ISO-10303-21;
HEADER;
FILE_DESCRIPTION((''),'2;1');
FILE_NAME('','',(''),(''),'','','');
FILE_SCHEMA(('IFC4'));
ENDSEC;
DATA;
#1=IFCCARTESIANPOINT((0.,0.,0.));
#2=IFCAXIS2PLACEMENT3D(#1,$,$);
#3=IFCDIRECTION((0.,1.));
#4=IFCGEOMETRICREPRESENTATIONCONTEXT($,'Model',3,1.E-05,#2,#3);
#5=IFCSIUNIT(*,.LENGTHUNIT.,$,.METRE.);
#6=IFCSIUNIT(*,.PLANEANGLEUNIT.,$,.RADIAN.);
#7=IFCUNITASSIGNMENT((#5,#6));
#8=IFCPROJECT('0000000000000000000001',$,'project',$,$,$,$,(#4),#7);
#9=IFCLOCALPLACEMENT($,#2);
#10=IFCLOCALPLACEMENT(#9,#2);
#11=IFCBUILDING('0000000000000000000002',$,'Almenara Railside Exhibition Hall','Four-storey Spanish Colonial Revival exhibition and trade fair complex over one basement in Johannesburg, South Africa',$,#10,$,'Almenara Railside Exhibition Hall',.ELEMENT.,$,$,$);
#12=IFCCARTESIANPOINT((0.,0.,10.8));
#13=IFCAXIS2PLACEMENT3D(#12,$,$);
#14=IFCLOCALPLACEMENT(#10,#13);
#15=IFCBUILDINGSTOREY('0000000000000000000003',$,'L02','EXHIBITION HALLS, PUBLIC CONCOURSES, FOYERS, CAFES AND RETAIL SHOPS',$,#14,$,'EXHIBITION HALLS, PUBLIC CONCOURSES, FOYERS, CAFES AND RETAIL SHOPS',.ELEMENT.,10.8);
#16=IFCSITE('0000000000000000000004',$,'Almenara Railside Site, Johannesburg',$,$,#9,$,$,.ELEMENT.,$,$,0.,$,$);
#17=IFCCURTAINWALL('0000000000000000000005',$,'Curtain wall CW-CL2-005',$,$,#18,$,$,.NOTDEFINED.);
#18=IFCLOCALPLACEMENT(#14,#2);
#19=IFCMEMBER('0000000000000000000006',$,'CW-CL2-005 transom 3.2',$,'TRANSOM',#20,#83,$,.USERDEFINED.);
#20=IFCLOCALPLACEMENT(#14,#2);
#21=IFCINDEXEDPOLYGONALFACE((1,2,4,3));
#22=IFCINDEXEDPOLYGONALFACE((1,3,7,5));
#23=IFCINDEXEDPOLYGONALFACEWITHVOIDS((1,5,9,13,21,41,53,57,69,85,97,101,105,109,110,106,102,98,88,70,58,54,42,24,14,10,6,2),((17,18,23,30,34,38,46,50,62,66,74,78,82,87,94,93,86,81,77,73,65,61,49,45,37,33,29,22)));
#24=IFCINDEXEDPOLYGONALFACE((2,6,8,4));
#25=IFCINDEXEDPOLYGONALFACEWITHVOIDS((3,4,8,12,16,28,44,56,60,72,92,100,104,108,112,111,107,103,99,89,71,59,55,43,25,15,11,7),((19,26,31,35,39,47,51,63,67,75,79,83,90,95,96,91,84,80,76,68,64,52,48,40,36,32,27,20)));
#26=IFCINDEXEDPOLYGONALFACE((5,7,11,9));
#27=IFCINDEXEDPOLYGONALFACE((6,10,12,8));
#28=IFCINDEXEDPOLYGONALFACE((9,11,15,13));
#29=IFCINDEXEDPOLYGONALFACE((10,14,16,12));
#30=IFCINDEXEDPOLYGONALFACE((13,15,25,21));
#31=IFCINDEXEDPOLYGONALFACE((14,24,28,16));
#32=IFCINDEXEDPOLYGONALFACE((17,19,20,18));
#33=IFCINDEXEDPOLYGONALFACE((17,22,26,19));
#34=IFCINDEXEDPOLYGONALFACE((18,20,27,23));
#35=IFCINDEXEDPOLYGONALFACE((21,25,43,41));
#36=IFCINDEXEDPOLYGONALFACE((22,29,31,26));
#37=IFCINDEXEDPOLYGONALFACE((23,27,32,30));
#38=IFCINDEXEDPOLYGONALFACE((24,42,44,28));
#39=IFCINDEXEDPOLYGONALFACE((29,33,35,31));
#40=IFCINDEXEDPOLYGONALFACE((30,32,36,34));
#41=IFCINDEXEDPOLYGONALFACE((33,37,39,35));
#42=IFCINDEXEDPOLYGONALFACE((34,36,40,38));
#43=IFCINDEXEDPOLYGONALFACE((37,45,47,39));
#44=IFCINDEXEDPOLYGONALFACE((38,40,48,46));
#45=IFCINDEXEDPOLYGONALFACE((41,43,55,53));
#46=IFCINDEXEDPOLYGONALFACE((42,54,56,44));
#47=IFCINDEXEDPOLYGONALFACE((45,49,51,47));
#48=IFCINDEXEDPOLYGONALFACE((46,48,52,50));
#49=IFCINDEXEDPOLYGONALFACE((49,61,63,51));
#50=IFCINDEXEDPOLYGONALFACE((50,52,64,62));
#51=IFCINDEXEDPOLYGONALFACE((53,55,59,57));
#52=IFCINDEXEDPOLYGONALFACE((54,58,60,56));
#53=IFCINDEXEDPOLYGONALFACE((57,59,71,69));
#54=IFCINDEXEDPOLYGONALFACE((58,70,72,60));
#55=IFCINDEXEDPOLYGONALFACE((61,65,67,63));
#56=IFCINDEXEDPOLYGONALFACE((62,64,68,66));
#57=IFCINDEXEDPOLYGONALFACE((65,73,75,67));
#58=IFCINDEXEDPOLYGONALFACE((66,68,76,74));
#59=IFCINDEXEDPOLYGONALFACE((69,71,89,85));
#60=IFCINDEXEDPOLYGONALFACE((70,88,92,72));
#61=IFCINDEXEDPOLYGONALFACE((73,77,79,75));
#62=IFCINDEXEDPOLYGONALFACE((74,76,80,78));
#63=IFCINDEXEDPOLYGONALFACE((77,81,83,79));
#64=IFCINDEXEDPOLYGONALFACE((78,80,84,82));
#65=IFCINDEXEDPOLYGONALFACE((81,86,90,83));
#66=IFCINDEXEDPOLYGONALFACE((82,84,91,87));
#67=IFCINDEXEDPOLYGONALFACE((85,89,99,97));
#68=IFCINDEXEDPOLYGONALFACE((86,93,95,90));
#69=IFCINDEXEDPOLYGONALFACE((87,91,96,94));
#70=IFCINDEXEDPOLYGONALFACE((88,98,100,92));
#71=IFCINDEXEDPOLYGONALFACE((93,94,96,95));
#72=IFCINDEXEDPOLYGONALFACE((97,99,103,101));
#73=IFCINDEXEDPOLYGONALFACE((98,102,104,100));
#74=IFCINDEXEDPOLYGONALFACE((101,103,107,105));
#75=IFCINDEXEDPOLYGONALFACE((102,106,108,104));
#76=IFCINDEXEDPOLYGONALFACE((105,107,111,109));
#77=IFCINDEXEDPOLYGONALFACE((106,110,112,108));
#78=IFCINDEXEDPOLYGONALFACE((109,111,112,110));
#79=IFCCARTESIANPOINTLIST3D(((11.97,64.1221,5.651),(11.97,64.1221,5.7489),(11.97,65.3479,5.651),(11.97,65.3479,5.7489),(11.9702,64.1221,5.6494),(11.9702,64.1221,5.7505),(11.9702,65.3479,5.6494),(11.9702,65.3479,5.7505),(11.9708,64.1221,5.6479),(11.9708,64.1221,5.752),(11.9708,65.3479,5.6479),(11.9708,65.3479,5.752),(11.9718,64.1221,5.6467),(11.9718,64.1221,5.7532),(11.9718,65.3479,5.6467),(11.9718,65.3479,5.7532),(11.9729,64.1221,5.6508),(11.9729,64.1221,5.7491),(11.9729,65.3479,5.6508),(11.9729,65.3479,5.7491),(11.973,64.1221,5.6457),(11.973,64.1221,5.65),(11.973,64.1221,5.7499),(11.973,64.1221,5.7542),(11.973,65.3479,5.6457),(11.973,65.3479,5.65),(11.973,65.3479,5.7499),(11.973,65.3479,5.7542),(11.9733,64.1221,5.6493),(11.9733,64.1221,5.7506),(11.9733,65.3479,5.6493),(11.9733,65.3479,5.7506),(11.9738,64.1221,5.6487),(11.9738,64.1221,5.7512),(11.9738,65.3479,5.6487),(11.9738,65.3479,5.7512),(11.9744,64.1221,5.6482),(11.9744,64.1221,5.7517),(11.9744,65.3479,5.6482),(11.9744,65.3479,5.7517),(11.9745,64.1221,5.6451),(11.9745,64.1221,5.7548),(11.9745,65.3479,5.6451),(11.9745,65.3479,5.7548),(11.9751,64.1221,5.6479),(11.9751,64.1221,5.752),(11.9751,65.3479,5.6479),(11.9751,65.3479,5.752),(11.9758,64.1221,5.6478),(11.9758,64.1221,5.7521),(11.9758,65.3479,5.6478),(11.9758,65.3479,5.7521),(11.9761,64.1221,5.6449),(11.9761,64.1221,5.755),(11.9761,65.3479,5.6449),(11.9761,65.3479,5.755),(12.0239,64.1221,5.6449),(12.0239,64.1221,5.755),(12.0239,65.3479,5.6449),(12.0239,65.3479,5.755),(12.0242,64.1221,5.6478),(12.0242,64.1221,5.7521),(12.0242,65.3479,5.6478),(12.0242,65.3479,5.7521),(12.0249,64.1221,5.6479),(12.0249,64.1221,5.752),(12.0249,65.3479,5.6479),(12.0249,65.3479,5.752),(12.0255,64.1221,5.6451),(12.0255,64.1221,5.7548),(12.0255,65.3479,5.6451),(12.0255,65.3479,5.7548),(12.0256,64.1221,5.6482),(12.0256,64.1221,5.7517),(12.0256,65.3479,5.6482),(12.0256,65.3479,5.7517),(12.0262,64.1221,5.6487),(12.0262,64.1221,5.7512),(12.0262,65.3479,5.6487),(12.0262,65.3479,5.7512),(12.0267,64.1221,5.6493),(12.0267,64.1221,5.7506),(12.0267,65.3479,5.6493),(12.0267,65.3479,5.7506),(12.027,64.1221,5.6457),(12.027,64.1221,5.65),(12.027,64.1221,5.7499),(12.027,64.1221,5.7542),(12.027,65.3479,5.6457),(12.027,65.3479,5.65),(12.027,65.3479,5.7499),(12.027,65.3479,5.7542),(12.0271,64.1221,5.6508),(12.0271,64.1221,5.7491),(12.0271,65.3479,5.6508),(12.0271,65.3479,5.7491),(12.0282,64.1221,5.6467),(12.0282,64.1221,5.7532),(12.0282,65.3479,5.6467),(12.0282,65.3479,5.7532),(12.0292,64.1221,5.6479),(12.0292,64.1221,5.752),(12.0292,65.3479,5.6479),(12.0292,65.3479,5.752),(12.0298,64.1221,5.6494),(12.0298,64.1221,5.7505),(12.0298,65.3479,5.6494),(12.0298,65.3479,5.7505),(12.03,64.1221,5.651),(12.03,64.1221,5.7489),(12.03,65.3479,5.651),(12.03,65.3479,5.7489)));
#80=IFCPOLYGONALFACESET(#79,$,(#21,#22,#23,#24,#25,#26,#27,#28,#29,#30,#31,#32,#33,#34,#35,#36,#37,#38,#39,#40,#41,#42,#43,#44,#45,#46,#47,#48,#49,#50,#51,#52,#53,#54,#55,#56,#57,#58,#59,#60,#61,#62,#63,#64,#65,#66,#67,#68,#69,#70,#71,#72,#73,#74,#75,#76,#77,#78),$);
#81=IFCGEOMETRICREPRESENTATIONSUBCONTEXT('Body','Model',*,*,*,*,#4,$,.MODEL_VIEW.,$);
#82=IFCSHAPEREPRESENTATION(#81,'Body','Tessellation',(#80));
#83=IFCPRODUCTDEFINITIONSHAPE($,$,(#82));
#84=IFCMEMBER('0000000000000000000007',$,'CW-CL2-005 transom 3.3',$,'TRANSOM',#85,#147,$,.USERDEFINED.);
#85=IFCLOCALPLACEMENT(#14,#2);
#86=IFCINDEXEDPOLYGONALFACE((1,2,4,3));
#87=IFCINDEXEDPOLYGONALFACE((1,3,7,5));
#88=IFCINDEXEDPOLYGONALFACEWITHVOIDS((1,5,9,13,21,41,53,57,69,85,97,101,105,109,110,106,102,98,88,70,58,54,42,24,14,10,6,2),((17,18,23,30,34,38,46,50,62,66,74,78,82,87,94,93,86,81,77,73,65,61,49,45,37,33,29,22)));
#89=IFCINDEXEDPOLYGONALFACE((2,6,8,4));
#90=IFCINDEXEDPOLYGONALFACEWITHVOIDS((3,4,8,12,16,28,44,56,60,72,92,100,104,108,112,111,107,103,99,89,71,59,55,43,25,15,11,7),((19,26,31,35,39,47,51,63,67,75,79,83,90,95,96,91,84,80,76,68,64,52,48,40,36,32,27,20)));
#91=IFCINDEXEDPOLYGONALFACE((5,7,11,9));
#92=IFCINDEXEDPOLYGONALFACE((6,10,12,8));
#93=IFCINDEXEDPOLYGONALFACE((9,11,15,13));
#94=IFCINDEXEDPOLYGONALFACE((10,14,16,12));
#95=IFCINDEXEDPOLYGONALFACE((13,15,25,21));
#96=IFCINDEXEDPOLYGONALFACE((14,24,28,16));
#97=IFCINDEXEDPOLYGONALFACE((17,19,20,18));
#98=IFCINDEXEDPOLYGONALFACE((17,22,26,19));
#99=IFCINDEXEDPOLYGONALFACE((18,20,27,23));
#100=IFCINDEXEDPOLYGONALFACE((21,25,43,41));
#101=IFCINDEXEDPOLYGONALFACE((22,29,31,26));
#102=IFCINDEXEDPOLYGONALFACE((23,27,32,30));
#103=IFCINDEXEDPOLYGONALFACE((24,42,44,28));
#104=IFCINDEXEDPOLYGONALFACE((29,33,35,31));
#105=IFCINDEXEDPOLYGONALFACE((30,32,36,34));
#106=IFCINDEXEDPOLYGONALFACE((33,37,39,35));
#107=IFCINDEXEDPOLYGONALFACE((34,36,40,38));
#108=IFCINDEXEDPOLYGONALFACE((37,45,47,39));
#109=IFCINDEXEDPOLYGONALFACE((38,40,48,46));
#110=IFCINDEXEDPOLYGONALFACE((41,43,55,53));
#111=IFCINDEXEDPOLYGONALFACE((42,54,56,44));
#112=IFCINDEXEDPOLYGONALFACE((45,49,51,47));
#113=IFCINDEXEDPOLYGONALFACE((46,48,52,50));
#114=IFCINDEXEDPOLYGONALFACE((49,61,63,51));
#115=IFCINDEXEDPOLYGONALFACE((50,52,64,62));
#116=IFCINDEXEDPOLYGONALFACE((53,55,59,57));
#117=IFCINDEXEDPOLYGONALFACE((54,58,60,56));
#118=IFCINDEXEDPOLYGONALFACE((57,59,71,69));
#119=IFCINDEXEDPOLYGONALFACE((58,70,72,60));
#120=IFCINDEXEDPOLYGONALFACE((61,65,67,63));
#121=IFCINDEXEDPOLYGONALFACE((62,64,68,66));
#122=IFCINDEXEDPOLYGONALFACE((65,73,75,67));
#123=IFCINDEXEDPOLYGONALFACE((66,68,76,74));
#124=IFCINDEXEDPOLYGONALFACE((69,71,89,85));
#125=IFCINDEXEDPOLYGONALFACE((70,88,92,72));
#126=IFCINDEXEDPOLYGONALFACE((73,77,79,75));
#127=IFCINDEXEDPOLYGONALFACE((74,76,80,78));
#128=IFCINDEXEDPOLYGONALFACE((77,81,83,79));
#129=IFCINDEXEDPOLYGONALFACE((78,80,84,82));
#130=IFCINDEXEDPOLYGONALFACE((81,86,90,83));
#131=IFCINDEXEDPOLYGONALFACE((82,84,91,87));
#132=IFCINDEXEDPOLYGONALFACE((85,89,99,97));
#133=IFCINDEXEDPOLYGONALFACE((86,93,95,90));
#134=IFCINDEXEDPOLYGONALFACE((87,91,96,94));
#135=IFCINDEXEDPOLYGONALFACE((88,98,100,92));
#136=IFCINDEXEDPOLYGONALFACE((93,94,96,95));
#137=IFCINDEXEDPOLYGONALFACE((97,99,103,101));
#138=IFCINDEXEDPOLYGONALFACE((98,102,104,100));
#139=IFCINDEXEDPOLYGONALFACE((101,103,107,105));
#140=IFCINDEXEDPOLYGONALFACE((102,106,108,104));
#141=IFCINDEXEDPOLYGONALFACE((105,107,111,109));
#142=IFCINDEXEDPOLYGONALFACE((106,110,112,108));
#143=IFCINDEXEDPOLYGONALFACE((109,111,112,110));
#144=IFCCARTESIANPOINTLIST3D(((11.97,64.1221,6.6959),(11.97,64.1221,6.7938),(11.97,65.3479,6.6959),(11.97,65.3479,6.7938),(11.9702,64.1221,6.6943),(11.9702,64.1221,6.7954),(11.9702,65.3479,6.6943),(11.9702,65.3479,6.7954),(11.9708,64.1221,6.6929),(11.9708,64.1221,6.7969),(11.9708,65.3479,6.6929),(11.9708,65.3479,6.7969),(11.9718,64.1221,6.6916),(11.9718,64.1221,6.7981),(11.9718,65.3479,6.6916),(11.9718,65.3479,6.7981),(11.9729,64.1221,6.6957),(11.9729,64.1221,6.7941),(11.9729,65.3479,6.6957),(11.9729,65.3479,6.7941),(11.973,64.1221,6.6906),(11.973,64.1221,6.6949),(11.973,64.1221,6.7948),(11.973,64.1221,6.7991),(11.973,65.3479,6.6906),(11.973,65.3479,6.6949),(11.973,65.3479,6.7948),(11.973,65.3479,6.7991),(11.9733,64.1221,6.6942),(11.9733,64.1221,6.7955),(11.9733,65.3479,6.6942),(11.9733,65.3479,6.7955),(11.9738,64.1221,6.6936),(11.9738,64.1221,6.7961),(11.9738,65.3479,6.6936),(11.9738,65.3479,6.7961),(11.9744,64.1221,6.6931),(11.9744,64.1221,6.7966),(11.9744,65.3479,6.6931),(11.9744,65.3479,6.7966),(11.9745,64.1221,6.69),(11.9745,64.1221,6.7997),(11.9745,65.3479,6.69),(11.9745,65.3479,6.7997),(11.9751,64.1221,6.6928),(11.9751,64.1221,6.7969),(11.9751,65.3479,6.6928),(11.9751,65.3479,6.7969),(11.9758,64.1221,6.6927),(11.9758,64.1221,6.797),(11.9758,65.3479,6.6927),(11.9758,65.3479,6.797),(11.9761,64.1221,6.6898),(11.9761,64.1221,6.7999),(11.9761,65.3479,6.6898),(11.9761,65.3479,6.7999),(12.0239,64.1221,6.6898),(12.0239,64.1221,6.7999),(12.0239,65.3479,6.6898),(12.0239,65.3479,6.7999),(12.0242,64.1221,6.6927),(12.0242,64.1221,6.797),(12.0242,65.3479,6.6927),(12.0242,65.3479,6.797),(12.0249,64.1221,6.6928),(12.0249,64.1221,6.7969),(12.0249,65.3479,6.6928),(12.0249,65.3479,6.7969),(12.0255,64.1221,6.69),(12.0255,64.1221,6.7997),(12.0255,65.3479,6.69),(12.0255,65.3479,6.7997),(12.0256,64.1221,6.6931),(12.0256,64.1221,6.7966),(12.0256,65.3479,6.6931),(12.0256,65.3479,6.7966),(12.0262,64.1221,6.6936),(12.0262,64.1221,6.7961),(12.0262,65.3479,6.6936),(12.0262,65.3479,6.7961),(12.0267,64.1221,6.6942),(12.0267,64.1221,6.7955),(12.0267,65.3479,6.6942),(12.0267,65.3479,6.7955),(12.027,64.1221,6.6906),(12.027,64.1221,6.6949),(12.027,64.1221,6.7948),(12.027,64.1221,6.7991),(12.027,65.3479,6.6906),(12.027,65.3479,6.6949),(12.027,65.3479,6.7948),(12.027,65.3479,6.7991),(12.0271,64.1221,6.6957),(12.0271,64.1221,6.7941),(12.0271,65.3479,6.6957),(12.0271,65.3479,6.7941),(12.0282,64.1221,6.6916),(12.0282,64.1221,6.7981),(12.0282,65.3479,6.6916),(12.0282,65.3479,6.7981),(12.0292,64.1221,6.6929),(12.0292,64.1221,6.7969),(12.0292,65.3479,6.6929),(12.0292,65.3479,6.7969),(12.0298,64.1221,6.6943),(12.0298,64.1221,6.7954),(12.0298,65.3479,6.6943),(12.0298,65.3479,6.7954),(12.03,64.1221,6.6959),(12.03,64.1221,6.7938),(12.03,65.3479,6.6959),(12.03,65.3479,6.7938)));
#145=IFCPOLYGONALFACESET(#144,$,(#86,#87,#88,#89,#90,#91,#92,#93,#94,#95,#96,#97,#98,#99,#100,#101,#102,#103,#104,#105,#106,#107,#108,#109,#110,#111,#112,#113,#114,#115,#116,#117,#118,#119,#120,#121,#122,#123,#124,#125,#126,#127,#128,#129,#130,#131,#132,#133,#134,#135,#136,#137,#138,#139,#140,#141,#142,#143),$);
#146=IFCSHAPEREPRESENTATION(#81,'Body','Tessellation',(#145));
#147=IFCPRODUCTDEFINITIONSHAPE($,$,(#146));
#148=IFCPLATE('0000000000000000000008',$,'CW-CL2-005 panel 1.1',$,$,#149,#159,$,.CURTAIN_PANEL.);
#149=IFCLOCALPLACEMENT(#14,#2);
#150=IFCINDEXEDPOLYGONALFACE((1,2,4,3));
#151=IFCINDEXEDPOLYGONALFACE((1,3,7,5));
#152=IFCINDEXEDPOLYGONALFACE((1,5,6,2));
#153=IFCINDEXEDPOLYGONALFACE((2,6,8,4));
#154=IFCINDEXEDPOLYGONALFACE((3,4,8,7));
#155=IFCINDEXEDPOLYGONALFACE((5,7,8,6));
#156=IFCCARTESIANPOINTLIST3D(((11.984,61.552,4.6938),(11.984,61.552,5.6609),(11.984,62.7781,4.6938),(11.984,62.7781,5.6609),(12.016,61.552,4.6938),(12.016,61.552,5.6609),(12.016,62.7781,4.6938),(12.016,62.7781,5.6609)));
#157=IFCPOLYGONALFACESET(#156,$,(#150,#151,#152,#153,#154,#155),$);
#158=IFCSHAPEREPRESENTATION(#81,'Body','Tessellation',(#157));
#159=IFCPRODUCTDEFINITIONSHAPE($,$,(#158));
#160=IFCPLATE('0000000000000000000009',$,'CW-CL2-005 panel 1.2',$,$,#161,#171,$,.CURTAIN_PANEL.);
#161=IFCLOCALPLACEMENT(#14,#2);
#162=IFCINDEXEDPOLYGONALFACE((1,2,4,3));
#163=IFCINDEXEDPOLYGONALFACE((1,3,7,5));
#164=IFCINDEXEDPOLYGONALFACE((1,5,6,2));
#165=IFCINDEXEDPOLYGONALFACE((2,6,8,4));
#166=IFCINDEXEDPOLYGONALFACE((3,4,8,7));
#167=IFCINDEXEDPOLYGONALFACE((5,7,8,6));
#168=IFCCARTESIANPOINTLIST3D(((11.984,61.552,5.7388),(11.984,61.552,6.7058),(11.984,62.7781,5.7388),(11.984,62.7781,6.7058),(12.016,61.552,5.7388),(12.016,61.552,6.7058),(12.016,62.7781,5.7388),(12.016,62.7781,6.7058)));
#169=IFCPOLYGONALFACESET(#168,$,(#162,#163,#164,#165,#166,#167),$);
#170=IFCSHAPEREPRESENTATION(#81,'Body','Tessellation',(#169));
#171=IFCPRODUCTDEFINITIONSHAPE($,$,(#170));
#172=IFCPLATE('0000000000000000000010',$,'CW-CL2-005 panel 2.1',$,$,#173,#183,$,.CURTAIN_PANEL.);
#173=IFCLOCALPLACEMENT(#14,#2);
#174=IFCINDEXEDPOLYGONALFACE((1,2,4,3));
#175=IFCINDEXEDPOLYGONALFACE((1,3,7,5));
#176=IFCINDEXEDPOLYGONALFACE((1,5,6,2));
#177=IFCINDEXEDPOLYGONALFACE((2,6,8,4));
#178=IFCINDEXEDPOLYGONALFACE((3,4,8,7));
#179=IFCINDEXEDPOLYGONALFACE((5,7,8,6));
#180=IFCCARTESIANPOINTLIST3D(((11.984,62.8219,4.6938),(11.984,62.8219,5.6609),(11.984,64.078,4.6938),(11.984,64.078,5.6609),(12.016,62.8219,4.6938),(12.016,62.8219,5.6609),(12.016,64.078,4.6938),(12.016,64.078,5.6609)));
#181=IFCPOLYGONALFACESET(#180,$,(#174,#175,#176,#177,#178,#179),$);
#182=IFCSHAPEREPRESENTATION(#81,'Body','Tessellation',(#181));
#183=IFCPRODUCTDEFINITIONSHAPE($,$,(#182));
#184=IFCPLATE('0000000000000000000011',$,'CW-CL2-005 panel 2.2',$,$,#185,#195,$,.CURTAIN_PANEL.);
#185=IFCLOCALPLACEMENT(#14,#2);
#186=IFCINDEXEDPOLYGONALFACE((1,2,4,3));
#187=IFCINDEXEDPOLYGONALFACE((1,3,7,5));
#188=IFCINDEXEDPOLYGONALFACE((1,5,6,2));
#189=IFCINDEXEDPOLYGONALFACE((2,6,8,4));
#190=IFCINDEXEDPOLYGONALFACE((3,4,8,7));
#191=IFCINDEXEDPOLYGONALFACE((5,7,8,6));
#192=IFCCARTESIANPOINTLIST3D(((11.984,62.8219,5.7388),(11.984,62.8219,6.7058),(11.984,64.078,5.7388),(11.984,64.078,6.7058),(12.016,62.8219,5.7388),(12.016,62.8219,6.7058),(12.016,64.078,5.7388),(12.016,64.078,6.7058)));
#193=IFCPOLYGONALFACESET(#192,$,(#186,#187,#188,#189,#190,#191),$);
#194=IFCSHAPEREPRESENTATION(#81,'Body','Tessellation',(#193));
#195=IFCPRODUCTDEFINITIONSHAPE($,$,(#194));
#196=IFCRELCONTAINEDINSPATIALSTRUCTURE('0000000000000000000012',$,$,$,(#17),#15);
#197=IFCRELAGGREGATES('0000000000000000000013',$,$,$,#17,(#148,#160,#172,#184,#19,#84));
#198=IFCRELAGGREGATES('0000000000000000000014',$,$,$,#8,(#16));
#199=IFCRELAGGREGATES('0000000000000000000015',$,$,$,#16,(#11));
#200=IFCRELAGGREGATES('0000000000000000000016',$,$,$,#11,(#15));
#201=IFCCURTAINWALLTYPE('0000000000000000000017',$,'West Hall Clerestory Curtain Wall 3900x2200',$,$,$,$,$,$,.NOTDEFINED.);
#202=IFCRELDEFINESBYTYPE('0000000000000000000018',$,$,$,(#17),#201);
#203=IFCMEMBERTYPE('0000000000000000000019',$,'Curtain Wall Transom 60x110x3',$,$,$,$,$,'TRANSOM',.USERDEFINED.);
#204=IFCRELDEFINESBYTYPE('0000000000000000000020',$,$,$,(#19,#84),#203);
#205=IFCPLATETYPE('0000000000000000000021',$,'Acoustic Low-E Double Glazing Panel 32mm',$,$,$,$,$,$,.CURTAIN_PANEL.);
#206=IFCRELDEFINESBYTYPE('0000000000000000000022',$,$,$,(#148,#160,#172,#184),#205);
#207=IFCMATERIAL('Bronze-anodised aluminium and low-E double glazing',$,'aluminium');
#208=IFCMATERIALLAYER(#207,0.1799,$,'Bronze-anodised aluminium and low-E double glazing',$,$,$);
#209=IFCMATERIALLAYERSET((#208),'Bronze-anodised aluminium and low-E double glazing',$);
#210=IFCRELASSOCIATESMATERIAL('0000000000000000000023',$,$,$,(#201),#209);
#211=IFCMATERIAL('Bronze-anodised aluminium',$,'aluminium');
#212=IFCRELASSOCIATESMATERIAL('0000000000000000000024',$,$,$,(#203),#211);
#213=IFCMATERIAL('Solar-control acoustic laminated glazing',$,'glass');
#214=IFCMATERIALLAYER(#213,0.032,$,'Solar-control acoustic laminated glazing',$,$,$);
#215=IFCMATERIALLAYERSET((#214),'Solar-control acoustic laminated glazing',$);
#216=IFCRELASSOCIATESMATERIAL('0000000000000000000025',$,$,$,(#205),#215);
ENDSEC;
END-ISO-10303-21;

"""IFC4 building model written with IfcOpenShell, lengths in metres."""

from ifc_helpers import new_model, si_unit, direction, frame, origin, origin_2d, place, context, subcontext, project, spatial, rectangle, hollow_rectangle, extrude, material, layer, layer_set, material_profile, profile_set, type_object, element, aggregate, save


model = new_model("IFC4")

# Units and contexts
model_context = context("Model", 3, precision=1e-05, world=origin(), true_north=direction((0.0, 1.0)))
body_context = subcontext(model_context, "Body", "Model", "MODEL_VIEW")
ifc_project = project(units=[si_unit("LENGTHUNIT", "METRE"), si_unit("PLANEANGLEUNIT", "RADIAN")], contexts=[model_context])

# Site, building, storey
site_placement = place(None, origin())
site = spatial("IfcSite", under=ifc_project, at=site_placement, Name="Almenara Railside Site, Johannesburg", CompositionType="ELEMENT", RefElevation=0.0)
building_placement = place(site_placement, origin())
building = spatial("IfcBuilding", under=site, at=building_placement, Name="Almenara Railside Exhibition Hall", Description="Four-storey Spanish Colonial Revival exhibition and trade fair complex over one basement in Johannesburg, South Africa", LongName="Almenara Railside Exhibition Hall", CompositionType="ELEMENT")
storey_placement = place(building_placement, frame((0.0, 0.0, 10.8)))
storey = spatial("IfcBuildingStorey", under=building, at=storey_placement, Name="L02", Description="EXHIBITION HALLS, PUBLIC CONCOURSES, FOYERS, CAFES AND RETAIL SHOPS", LongName="EXHIBITION HALLS, PUBLIC CONCOURSES, FOYERS, CAFES AND RETAIL SHOPS", CompositionType="ELEMENT", Elevation=10.8)

# Curtain wall
ifc_material_1 = material(Name="Bronze-anodised aluminium and low-E double glazing", Category="aluminium")
ifc_layer_1 = layer(ifc_material_1, 0.1799, Name="Bronze-anodised aluminium and low-E double glazing")
ifc_layer_set_1 = layer_set([ifc_layer_1], Name="Bronze-anodised aluminium and low-E double glazing")
curtain_wall_type = type_object("IfcCurtainWallType", Name="West Hall Clerestory Curtain Wall 3900x2200", PredefinedType="NOTDEFINED", material=ifc_layer_set_1)
ifc_material_2 = material(Name="Bronze-anodised aluminium", Category="aluminium")
curtain_wall_1_placement = place(storey_placement, origin())
curtain_wall_1 = element("IfcCurtainWall", 1, at=curtain_wall_1_placement, inside=storey, type_object=curtain_wall_type, Name="Curtain wall CW-CL2-005", PredefinedType="NOTDEFINED")

# Members
ifc_material_profile_1 = material_profile(ifc_material_2, hollow_rectangle(XDim=0.0601, YDim=0.1101, WallThickness=0.0029, InnerFilletRadius=0.0029, OuterFilletRadius=0.0061, at=origin_2d()), Name="ALU-TRN 60x110x3")
ifc_profile_set_1 = profile_set([ifc_material_profile_1], Name="Bronze-anodised aluminium")
member_type_1 = type_object("IfcMemberType", Name="Curtain Wall Transom 60x110x3", ElementType="TRANSOM", PredefinedType="USERDEFINED", material=ifc_profile_set_1)
member_1_placement = place(storey_placement, frame((12.0, 64.1221, 5.7), z_axis=(0.0, 1.0, 0.0), x_axis=(-1.0, 0.0, 0.0)))
member_1 = element("IfcMember", 2, at=member_1_placement, type_object=member_type_1, Name="CW-CL2-005 transom 3.2", ObjectType="TRANSOM", PredefinedType="USERDEFINED", context=body_context, shape_type="SweptSolid", body=[
    extrude(hollow_rectangle(XDim=0.0601, YDim=0.1101, WallThickness=0.0029, InnerFilletRadius=0.0029, OuterFilletRadius=0.0061, at=origin_2d()), origin(), (0.0, 0.0, 1.0), 1.2258),
])
member_2_placement = place(storey_placement, frame((12.0, 64.1221, 6.7449), z_axis=(0.0, 1.0, 0.0), x_axis=(-1.0, 0.0, 0.0)))
member_2 = element("IfcMember", 3, at=member_2_placement, type_object=member_type_1, Name="CW-CL2-005 transom 3.3", ObjectType="TRANSOM", PredefinedType="USERDEFINED", context=body_context, shape_type="SweptSolid", body=[
    extrude(hollow_rectangle(XDim=0.0601, YDim=0.1101, WallThickness=0.0029, InnerFilletRadius=0.0029, OuterFilletRadius=0.0061, at=origin_2d()), origin(), (0.0, 0.0, 1.0), 1.2258),
])

# Plates
ifc_material_3 = material(Name="Solar-control acoustic laminated glazing", Category="glass")
ifc_layer_2 = layer(ifc_material_3, 0.032, Name="Solar-control acoustic laminated glazing")
ifc_layer_set_2 = layer_set([ifc_layer_2], Name="Solar-control acoustic laminated glazing")
plate_type_1 = type_object("IfcPlateType", Name="Acoustic Low-E Double Glazing Panel 32mm", PredefinedType="CURTAIN_PANEL", material=ifc_layer_set_2)
plate_1_placement = place(storey_placement, frame((12.0, 62.165, 4.6938), z_axis=(0.0, 0.0, 1.0), x_axis=(0.0, 1.0, 0.0)))
plate_1 = element("IfcPlate", 4, at=plate_1_placement, type_object=plate_type_1, Name="CW-CL2-005 panel 1.1", PredefinedType="CURTAIN_PANEL", context=body_context, shape_type="SweptSolid", body=[
    extrude(rectangle(XDim=1.2261, YDim=0.032, at=origin_2d()), origin(), (0.0, 0.0, 1.0), 0.967),
])
plate_2_placement = place(storey_placement, frame((12.0, 62.165, 5.7388), z_axis=(0.0, 0.0, 1.0), x_axis=(0.0, 1.0, 0.0)))
plate_2 = element("IfcPlate", 5, at=plate_2_placement, type_object=plate_type_1, Name="CW-CL2-005 panel 1.2", PredefinedType="CURTAIN_PANEL", context=body_context, shape_type="SweptSolid", body=[
    extrude(rectangle(XDim=1.2261, YDim=0.032, at=origin_2d()), origin(), (0.0, 0.0, 1.0), 0.967),
])
plate_3_placement = place(storey_placement, frame((12.0, 63.45, 4.6938), z_axis=(0.0, 0.0, 1.0), x_axis=(0.0, 1.0, 0.0)))
plate_3 = element("IfcPlate", 6, at=plate_3_placement, type_object=plate_type_1, Name="CW-CL2-005 panel 2.1", PredefinedType="CURTAIN_PANEL", context=body_context, shape_type="SweptSolid", body=[
    extrude(rectangle(XDim=1.2561, YDim=0.032, at=origin_2d()), origin(), (0.0, 0.0, 1.0), 0.967),
])
plate_4_placement = place(storey_placement, frame((12.0, 63.45, 5.7388), z_axis=(0.0, 0.0, 1.0), x_axis=(0.0, 1.0, 0.0)))
plate_4 = element("IfcPlate", 7, at=plate_4_placement, type_object=plate_type_1, Name="CW-CL2-005 panel 2.2", PredefinedType="CURTAIN_PANEL", context=body_context, shape_type="SweptSolid", body=[
    extrude(rectangle(XDim=1.2561, YDim=0.032, at=origin_2d()), origin(), (0.0, 0.0, 1.0), 0.967),
])
aggregate(curtain_wall_1, [plate_1, plate_2, plate_3, plate_4, member_1, member_2])

save(model, "model.ifc")
